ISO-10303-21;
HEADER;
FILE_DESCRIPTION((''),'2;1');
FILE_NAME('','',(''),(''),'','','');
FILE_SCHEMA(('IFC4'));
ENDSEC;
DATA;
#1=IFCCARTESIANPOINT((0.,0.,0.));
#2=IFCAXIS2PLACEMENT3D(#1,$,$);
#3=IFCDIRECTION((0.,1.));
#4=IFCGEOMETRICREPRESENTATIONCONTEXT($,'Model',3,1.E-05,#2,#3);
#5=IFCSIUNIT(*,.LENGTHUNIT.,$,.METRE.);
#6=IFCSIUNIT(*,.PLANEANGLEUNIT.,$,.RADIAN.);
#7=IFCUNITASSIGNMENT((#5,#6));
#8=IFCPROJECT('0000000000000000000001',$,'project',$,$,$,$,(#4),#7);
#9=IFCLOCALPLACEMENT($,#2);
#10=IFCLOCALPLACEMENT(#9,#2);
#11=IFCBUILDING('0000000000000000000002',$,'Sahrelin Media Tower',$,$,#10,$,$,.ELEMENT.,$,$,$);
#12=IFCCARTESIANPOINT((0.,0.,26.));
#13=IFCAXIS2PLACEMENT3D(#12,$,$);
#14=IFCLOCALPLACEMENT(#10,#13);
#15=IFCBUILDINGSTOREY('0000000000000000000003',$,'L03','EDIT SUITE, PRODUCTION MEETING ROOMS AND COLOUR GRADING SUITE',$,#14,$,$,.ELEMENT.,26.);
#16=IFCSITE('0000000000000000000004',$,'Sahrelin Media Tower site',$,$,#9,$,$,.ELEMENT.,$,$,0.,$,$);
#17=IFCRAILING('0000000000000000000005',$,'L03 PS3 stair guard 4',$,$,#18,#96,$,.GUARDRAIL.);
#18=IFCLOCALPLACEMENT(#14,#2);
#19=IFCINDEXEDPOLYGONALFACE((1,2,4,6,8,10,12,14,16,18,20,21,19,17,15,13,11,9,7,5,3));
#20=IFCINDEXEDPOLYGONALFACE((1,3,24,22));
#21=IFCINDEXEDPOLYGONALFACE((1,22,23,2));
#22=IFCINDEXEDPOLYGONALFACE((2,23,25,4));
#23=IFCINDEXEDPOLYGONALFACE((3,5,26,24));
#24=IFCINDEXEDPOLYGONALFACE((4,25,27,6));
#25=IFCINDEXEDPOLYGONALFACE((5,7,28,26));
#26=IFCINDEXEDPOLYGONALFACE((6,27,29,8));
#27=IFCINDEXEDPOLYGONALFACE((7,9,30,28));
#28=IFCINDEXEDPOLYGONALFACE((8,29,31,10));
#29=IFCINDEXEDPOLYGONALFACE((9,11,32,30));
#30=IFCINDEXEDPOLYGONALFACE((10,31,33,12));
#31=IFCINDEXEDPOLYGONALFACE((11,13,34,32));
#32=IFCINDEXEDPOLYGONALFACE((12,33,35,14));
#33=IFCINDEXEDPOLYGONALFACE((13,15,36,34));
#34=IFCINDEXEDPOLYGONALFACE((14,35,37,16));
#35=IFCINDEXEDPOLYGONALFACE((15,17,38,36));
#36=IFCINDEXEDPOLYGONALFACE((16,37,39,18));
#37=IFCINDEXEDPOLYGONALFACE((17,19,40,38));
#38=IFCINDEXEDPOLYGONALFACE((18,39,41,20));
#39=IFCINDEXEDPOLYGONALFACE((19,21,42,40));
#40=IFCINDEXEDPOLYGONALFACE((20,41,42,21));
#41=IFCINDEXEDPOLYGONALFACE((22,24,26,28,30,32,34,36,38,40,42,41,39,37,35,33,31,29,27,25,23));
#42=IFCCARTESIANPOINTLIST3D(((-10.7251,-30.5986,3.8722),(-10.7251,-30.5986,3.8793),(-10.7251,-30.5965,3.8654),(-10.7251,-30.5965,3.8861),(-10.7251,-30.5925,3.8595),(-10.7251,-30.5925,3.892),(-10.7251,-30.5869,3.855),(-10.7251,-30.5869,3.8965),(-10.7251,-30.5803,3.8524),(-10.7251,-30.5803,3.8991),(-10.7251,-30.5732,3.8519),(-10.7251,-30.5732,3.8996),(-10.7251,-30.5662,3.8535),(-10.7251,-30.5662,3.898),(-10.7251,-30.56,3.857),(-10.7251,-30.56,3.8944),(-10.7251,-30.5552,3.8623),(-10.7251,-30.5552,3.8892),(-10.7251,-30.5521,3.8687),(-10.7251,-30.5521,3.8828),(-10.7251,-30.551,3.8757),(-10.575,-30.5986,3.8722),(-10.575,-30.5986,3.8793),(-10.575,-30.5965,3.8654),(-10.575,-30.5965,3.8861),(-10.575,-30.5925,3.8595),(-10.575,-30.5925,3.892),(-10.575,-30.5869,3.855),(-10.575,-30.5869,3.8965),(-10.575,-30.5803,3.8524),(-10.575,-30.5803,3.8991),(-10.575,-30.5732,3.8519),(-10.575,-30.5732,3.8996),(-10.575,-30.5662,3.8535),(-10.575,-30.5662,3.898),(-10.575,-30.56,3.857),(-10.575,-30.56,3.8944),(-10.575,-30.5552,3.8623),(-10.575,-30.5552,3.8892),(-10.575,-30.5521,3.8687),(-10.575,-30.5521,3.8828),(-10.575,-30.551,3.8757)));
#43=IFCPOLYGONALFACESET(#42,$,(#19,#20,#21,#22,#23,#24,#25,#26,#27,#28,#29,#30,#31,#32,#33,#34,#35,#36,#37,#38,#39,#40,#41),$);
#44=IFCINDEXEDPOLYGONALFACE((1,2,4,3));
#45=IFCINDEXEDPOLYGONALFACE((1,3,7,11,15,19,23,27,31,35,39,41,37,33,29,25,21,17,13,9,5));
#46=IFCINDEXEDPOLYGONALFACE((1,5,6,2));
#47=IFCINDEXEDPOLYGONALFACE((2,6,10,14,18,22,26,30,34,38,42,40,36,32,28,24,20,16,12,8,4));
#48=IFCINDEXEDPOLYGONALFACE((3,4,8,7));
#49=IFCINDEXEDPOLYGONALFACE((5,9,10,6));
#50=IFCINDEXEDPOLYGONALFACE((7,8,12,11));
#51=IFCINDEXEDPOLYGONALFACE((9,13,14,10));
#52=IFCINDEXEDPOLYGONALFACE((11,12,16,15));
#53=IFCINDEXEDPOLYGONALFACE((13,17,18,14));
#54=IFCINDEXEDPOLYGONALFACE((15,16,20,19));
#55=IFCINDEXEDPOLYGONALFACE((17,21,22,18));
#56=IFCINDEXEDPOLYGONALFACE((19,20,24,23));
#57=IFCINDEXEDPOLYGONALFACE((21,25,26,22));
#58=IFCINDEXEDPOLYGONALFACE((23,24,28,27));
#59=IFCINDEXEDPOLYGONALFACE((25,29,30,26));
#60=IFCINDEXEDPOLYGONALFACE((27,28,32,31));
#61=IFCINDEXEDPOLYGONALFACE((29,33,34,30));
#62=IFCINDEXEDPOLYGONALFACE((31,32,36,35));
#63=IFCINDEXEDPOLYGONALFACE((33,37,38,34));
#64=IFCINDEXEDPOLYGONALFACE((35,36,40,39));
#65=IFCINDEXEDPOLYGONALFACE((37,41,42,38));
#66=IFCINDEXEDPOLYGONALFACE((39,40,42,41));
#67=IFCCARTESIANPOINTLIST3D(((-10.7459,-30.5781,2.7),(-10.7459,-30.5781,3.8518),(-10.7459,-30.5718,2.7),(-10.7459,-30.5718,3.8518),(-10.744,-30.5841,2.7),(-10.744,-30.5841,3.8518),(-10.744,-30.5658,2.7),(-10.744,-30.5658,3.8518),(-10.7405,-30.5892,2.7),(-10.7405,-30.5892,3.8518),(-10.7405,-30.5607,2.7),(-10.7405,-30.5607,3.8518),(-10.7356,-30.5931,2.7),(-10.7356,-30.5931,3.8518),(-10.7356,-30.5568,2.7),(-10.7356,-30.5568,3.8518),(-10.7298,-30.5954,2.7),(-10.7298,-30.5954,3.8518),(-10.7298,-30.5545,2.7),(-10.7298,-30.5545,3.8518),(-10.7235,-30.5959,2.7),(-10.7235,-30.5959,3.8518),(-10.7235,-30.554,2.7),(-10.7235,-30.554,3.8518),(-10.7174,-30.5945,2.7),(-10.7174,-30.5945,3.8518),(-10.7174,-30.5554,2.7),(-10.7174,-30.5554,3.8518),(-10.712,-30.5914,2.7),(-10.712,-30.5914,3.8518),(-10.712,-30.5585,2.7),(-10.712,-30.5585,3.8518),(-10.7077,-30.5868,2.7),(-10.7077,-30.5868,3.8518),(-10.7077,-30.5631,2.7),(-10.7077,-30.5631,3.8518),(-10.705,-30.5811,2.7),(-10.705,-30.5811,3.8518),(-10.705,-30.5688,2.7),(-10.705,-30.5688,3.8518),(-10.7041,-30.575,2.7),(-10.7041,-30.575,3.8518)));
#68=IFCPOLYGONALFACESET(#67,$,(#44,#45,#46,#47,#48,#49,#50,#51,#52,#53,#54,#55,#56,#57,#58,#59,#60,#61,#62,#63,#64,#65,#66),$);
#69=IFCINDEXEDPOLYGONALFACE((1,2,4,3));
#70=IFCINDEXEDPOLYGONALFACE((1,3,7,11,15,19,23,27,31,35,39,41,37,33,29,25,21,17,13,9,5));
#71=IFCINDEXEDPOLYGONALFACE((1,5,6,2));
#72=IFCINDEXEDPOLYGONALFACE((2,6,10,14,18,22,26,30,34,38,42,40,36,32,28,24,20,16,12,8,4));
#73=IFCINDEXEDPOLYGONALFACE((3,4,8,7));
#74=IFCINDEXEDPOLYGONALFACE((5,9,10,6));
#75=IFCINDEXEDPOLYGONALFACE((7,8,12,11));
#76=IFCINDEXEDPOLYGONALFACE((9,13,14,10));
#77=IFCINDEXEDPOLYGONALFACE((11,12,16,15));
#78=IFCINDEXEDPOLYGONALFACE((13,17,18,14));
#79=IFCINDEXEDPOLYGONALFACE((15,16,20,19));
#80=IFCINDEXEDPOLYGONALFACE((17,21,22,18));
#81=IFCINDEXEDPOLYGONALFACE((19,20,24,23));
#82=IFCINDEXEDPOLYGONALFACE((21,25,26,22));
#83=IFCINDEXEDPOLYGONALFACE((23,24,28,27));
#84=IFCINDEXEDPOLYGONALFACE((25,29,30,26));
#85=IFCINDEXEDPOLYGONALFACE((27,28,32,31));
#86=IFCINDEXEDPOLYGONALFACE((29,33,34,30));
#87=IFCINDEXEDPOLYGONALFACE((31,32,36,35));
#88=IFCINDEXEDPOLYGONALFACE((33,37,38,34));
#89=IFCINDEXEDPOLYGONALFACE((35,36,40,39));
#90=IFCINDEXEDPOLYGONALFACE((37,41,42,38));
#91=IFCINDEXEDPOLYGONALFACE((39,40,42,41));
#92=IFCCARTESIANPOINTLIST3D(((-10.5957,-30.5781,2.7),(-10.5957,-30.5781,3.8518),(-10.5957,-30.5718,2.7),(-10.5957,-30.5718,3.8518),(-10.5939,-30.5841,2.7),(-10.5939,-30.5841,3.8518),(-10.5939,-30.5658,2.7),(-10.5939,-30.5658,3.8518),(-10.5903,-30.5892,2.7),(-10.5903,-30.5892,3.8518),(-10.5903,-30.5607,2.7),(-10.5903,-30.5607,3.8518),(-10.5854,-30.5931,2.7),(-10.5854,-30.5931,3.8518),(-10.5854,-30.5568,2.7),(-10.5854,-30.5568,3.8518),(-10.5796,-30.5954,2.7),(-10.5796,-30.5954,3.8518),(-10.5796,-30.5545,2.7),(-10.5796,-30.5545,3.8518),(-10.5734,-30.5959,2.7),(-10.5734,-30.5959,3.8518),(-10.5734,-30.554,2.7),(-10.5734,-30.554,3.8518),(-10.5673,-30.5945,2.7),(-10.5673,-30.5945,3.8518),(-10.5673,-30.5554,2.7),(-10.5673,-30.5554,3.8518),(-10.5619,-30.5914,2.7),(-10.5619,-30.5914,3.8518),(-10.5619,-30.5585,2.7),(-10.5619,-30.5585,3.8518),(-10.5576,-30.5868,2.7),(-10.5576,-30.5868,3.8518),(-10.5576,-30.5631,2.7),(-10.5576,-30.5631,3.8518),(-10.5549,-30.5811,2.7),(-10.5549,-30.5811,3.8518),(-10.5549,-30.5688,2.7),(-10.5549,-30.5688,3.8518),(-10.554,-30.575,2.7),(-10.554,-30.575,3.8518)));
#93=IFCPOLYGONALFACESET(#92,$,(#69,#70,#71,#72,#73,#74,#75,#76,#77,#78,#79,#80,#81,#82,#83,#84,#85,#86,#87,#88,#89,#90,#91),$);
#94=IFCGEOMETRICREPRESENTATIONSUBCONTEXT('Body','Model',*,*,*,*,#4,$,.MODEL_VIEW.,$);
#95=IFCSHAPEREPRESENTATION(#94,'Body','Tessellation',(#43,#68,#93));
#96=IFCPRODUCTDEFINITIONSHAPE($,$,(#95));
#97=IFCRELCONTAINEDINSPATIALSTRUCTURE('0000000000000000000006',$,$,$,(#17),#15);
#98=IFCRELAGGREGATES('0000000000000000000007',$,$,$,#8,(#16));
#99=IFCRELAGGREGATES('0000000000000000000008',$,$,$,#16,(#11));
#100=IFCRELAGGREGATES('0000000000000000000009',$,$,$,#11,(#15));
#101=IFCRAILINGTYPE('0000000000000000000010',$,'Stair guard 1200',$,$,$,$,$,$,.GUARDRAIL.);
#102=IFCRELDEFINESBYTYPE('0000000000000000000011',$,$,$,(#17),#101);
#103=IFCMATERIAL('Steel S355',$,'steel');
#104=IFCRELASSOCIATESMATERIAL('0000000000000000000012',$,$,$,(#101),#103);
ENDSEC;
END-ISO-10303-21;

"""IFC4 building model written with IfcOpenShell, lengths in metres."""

from ifc_helpers import new_model, si_unit, direction, frame, origin, origin_2d, place, context, subcontext, project, spatial, circle, extrude, material, type_object, element, save


model = new_model("IFC4")

# Units and contexts
model_context = context("Model", 3, precision=1e-05, world=origin(), true_north=direction((0.0, 1.0)))
body_context = subcontext(model_context, "Body", "Model", "MODEL_VIEW")
ifc_project = project(units=[si_unit("LENGTHUNIT", "METRE"), si_unit("PLANEANGLEUNIT", "RADIAN")], contexts=[model_context])

# Site, building, storey
site_placement = place(None, origin())
site = spatial("IfcSite", under=ifc_project, at=site_placement, Name="Sahrelin Media Tower site", CompositionType="ELEMENT", RefElevation=0.0)
building_placement = place(site_placement, origin())
building = spatial("IfcBuilding", under=site, at=building_placement, Name="Sahrelin Media Tower", CompositionType="ELEMENT")
storey_placement = place(building_placement, frame((0.0, 0.0, 26.0)))
storey = spatial("IfcBuildingStorey", under=building, at=storey_placement, Name="L03", Description="EDIT SUITE, PRODUCTION MEETING ROOMS AND COLOUR GRADING SUITE", CompositionType="ELEMENT", Elevation=26.0)

# Shared definitions
ifc_material_1 = material(Name="Steel S355", Category="steel")

# Railing
railing_type_1 = type_object("IfcRailingType", Name="Stair guard 1200", PredefinedType="GUARDRAIL", material=ifc_material_1)
railing_1_placement = place(storey_placement, frame((-10.7251, -30.575, 2.7)))
element("IfcRailing", 1, at=railing_1_placement, inside=storey, type_object=railing_type_1, Name="L03 PS3 stair guard 4", PredefinedType="GUARDRAIL", context=body_context, shape_type="SweptSolid", body=[
    extrude(circle(Radius=0.0239, at=origin_2d()), frame((0.0, 0.0, 1.1758), z_axis=(1.0, 0.0, 0.0), x_axis=(0.0, 1.0, 0.0)), (0.0, 0.0, 1.0), 0.1501),
    extrude(circle(Radius=0.021, at=origin_2d()), origin(), (0.0, 0.0, 1.0), 1.1519),
    extrude(circle(Radius=0.021, at=origin_2d()), frame((0.1501, 0.0, 0.0)), (0.0, 0.0, 1.0), 1.1519),
])

save(model, "model.ifc")
